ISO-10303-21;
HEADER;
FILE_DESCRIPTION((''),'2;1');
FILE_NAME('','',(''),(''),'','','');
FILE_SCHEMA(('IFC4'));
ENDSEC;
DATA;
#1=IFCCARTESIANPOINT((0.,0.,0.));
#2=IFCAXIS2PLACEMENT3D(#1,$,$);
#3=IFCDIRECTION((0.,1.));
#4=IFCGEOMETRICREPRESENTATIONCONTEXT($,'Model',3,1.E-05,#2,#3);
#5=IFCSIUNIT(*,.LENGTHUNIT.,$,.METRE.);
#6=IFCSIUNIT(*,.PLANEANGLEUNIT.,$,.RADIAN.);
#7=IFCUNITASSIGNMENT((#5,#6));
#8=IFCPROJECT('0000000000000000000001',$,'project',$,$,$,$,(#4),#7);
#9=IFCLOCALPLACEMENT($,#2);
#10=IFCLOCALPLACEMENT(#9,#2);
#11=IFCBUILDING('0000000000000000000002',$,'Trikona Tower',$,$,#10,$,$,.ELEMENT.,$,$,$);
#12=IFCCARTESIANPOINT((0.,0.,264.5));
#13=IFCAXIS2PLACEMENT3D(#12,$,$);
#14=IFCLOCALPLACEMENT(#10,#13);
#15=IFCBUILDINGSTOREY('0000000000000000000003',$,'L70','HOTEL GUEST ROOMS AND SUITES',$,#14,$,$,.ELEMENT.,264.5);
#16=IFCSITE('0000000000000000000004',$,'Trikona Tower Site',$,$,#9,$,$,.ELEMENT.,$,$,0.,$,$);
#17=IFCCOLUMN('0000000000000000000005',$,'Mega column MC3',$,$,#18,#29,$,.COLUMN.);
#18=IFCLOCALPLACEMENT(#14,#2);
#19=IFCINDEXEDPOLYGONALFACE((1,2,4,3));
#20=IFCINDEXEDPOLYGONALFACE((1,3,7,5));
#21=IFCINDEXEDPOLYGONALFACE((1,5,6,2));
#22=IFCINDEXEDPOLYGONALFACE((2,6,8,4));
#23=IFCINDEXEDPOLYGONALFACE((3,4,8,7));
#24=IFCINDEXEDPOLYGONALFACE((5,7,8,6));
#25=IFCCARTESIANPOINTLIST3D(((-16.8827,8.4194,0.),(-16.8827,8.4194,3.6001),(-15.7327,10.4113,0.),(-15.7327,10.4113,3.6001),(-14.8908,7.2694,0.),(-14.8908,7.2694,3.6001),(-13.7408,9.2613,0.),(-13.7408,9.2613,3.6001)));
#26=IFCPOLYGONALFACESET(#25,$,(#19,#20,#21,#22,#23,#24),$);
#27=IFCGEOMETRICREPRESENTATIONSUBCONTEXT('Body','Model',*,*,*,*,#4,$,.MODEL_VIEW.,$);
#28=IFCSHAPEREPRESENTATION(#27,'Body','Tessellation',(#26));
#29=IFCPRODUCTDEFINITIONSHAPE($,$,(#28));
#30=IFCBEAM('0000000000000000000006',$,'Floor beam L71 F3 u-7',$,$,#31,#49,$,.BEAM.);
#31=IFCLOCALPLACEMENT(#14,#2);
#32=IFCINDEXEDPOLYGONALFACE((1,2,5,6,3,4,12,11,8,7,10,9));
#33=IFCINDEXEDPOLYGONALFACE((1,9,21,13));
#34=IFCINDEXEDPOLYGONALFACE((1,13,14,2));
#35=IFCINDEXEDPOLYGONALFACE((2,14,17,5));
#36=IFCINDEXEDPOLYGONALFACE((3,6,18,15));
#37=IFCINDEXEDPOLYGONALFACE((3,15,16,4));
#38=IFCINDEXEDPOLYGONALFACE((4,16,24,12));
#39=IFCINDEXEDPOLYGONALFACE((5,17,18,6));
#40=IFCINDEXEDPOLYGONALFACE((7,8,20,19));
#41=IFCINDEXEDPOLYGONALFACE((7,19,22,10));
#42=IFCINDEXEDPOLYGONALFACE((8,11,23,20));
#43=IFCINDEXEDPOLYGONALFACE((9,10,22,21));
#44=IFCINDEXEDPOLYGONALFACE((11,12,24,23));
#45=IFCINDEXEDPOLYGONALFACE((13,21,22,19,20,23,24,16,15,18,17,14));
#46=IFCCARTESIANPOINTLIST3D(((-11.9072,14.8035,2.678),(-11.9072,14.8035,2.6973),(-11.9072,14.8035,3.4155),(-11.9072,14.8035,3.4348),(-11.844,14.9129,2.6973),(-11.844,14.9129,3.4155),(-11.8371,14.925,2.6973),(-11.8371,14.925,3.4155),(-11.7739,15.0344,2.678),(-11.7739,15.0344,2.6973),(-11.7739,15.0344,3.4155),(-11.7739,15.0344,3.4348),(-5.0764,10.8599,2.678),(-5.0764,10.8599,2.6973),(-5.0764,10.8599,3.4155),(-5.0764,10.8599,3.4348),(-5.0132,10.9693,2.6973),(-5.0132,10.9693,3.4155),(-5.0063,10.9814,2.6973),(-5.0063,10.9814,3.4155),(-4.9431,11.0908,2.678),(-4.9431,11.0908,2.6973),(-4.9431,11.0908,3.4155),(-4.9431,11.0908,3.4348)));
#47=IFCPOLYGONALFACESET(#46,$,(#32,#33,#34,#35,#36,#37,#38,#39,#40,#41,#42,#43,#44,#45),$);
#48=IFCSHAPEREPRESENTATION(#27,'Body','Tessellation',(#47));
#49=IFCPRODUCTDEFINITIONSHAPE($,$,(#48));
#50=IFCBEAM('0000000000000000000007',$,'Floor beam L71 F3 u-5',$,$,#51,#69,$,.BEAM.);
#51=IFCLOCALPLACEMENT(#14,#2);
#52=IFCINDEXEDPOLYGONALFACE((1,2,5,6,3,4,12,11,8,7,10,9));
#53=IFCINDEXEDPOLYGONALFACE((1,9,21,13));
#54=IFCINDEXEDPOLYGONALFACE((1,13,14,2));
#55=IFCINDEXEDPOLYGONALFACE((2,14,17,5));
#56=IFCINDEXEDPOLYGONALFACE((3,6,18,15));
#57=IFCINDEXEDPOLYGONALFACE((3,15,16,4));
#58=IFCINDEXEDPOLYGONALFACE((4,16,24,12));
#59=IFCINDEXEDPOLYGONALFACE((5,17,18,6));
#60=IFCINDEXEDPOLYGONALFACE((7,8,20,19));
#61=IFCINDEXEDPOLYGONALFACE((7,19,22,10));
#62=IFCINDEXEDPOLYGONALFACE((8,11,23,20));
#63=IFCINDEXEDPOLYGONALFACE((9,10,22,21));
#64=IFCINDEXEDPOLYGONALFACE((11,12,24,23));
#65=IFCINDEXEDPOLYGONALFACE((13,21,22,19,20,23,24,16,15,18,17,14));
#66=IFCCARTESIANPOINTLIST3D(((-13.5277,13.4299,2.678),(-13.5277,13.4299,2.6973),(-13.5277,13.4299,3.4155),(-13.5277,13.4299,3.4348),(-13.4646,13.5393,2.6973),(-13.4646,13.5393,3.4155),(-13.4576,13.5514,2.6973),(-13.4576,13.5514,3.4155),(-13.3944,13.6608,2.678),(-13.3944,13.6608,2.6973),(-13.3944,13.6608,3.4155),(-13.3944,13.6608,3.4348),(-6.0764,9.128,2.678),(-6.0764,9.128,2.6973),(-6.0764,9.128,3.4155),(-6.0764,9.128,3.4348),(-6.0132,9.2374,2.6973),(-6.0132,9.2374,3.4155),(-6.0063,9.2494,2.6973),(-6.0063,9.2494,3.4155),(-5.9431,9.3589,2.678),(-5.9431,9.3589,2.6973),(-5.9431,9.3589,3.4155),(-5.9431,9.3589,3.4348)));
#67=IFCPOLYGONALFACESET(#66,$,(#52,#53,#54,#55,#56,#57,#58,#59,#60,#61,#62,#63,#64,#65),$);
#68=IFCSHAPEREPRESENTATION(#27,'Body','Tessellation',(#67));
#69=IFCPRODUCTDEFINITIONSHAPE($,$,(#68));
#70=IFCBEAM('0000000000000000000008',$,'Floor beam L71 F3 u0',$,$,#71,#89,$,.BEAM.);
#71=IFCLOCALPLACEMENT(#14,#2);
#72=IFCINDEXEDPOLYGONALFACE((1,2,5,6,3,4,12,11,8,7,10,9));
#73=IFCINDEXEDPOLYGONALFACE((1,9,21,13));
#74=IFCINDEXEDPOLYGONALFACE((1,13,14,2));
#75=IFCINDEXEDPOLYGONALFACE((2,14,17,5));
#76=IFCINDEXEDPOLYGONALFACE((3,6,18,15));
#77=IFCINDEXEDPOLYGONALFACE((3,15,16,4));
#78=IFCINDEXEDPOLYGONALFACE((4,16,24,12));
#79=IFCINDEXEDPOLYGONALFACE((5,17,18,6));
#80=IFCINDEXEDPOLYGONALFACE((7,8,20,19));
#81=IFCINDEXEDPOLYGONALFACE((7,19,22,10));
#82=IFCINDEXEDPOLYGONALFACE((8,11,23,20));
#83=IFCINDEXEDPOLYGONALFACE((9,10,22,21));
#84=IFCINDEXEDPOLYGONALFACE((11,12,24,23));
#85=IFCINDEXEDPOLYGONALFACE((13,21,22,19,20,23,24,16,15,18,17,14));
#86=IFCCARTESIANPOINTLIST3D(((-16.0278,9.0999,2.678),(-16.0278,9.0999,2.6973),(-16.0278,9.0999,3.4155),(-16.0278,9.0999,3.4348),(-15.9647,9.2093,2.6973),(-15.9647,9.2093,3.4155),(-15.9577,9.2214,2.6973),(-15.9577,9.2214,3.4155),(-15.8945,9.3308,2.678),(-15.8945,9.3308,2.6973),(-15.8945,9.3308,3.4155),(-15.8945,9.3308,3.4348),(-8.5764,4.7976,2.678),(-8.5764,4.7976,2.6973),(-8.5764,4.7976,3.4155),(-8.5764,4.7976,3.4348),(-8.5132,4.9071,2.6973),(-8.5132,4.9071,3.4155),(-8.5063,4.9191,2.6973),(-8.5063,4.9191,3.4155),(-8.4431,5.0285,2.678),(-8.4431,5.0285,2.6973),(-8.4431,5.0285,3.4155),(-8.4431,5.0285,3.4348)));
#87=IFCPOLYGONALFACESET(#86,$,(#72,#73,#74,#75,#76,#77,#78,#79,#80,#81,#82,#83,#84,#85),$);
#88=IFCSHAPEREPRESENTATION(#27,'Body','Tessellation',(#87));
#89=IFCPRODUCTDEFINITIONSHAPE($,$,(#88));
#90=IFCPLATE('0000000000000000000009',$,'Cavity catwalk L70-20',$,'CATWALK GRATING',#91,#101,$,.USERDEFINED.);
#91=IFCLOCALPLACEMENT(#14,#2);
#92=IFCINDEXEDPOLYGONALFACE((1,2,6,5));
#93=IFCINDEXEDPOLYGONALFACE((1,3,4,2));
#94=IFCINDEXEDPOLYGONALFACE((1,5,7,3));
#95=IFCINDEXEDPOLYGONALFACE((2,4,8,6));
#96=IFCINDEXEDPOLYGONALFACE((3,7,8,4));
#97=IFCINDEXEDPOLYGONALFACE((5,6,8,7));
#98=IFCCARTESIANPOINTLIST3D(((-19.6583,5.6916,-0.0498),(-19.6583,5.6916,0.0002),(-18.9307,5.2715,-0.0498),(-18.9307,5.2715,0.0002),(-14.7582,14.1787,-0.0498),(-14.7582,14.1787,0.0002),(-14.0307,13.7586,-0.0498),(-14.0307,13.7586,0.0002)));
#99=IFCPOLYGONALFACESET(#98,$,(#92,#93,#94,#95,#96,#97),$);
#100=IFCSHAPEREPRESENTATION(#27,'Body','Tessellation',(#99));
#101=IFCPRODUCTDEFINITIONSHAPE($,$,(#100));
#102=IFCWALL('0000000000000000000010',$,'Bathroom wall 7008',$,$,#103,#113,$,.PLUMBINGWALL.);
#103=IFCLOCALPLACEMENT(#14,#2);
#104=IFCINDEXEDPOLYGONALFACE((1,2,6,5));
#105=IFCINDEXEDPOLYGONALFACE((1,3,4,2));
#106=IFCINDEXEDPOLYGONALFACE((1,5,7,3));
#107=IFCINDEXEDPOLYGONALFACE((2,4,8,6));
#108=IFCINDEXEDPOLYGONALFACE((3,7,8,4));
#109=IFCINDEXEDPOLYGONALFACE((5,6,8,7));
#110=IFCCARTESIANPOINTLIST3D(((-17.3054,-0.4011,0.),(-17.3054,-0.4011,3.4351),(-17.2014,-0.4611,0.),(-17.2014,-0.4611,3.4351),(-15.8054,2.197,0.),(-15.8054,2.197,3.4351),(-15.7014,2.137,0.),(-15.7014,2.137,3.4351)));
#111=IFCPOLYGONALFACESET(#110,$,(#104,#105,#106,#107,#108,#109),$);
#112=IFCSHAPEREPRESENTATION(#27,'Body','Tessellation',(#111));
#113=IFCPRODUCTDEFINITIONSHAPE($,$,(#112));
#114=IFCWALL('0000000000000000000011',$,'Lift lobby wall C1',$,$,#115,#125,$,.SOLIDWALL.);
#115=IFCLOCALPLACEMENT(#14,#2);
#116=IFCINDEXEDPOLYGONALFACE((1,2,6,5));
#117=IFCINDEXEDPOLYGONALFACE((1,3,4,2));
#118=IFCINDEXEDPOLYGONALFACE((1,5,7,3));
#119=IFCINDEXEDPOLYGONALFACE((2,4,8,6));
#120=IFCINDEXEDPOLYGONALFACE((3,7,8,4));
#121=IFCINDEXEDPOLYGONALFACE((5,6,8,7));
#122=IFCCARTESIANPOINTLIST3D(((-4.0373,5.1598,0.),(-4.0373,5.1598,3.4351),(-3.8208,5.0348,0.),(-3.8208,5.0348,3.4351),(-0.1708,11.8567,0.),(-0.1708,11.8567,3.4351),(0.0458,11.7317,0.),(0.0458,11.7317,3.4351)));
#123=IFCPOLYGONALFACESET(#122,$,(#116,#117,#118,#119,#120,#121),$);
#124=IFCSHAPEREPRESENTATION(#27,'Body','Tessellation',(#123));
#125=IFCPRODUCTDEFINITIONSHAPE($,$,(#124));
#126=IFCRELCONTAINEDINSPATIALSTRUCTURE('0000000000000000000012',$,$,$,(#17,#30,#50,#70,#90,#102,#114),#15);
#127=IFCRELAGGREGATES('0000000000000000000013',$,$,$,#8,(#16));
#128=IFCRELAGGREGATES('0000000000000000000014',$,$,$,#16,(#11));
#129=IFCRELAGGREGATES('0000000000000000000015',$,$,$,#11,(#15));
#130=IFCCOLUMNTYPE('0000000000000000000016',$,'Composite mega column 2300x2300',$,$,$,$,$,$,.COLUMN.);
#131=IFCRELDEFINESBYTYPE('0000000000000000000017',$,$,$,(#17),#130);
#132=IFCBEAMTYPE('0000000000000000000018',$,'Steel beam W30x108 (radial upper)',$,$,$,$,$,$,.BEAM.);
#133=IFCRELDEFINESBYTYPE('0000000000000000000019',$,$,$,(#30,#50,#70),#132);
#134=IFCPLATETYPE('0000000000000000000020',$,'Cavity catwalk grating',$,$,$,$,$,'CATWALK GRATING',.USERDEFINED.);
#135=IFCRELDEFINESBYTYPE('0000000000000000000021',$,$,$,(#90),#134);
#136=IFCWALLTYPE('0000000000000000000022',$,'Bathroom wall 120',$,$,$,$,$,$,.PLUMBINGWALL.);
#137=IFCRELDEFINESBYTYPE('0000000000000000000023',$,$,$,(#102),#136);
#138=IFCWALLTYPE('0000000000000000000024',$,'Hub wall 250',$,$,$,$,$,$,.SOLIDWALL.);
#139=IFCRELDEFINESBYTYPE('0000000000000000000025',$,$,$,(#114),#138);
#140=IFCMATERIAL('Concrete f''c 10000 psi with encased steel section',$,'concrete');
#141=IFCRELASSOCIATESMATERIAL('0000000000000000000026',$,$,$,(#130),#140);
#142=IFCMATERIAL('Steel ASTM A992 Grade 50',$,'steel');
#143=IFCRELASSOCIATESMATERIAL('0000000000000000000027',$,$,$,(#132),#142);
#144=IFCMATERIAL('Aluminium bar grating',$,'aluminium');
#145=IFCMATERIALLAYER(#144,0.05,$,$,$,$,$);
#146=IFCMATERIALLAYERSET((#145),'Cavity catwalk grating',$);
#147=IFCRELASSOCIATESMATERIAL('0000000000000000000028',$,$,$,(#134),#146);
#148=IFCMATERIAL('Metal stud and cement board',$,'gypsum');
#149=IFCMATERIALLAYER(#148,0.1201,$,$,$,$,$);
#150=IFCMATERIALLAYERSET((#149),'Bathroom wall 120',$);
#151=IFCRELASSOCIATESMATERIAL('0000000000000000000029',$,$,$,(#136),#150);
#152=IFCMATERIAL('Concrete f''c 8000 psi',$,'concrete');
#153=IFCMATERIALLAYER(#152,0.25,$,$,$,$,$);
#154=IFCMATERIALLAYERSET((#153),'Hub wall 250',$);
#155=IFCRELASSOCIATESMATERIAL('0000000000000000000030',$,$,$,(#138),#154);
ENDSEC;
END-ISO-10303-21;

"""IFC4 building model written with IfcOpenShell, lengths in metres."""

from ifc_helpers import new_model, si_unit, direction, frame, frame_2d, origin, origin_2d, place, context, subcontext, project, spatial, rectangle, i_section, extrude, material, layer, layer_set, material_profile, profile_set, type_object, element, save


model = new_model("IFC4")

# Units and contexts
model_context = context("Model", 3, precision=1e-05, world=origin(), true_north=direction((0.0, 1.0)))
body_context = subcontext(model_context, "Body", "Model", "MODEL_VIEW")
ifc_project = project(units=[si_unit("LENGTHUNIT", "METRE"), si_unit("PLANEANGLEUNIT", "RADIAN")], contexts=[model_context])

# Site, building, storey
site_placement = place(None, origin())
site = spatial("IfcSite", under=ifc_project, at=site_placement, Name="Trikona Tower Site", CompositionType="ELEMENT", RefElevation=0.0)
building_placement = place(site_placement, origin())
building = spatial("IfcBuilding", under=site, at=building_placement, Name="Trikona Tower", CompositionType="ELEMENT")
storey_placement = place(building_placement, frame((0.0, 0.0, 264.5)))
storey = spatial("IfcBuildingStorey", under=building, at=storey_placement, Name="L70", Description="HOTEL GUEST ROOMS AND SUITES", CompositionType="ELEMENT", Elevation=264.5)

# Column
ifc_material_1 = material(Name="Concrete f'c 10000 psi with encased steel section", Category="concrete")
ifc_material_profile_1 = material_profile(ifc_material_1, rectangle(XDim=2.3, YDim=2.3, at=origin_2d()), Name="MC2300")
ifc_profile_set_1 = profile_set([ifc_material_profile_1], Name="Concrete f'c 10000 psi with encased steel section")
column_type = type_object("IfcColumnType", Name="Composite mega column 2300x2300", PredefinedType="COLUMN", material=ifc_profile_set_1)
column_placement = place(storey_placement, frame((-15.3118, 8.8403, 0.0), z_axis=(0.0, 0.0, 1.0), x_axis=(-0.866025, 0.5, 0.0)))
element("IfcColumn", 1, at=column_placement, inside=storey, type_object=column_type, Name="Mega column MC3", PredefinedType="COLUMN", context=body_context, shape_type="SweptSolid", body=[
    extrude(rectangle(XDim=2.3, YDim=2.3, at=origin_2d()), origin(), (0.0, 0.0, 1.0), 3.6001),
])

# Beams
ifc_material_2 = material(Name="Steel ASTM A992 Grade 50", Category="steel")
ifc_material_profile_2 = material_profile(ifc_material_2, i_section(OverallWidth=0.2666, OverallDepth=0.7568, WebThickness=0.0139, FlangeThickness=0.0193, at=origin_2d()), Name="W30X108")
ifc_profile_set_2 = profile_set([ifc_material_profile_2], Name="Steel ASTM A992 Grade 50")
beam_type = type_object("IfcBeamType", Name="Steel beam W30x108 (radial upper)", PredefinedType="BEAM", material=ifc_profile_set_2)
beam_1_placement = place(storey_placement, frame((-5.0098, 10.9753, 3.0564), z_axis=(-0.866035, 0.499984, 0.0), x_axis=(-0.499984, -0.866035, 0.0)))
element("IfcBeam", 2, at=beam_1_placement, inside=storey, type_object=beam_type, Name="Floor beam L71 F3 u-7", PredefinedType="BEAM", context=body_context, shape_type="SweptSolid", body=[
    extrude(i_section(OverallWidth=0.2666, OverallDepth=0.7568, WebThickness=0.0139, FlangeThickness=0.0193, at=origin_2d()), origin(), (0.0, 0.0, 1.0), 7.8875),
])
beam_2_placement = place(storey_placement, frame((-6.0098, 9.2434, 3.0564), z_axis=(-0.866029, 0.499993, 0.0), x_axis=(-0.499993, -0.866029, 0.0)))
element("IfcBeam", 3, at=beam_2_placement, inside=storey, type_object=beam_type, Name="Floor beam L71 F3 u-5", PredefinedType="BEAM", context=body_context, shape_type="SweptSolid", body=[
    extrude(i_section(OverallWidth=0.2666, OverallDepth=0.7568, WebThickness=0.0139, FlangeThickness=0.0193, at=origin_2d()), origin(), (0.0, 0.0, 1.0), 8.604),
])
beam_3_placement = place(storey_placement, frame((-8.5098, 4.9131, 3.0564), z_axis=(-0.866017, 0.500015, 0.0), x_axis=(-0.500015, -0.866017, 0.0)))
element("IfcBeam", 4, at=beam_3_placement, inside=storey, type_object=beam_type, Name="Floor beam L71 F3 u0", PredefinedType="BEAM", context=body_context, shape_type="SweptSolid", body=[
    extrude(i_section(OverallWidth=0.2666, OverallDepth=0.7568, WebThickness=0.0139, FlangeThickness=0.0193, at=origin_2d()), origin(), (0.0, 0.0, 1.0), 8.6042),
])

# Plate
ifc_material_3 = material(Name="Aluminium bar grating", Category="aluminium")
ifc_layer_1 = layer(ifc_material_3, 0.05)
ifc_layer_set_1 = layer_set([ifc_layer_1], Name="Cavity catwalk grating")
plate_type = type_object("IfcPlateType", Name="Cavity catwalk grating", ElementType="CATWALK GRATING", PredefinedType="USERDEFINED", material=ifc_layer_set_1)
plate_placement = place(storey_placement, frame((-16.8445, 9.7251, -0.0498), z_axis=(0.0, 0.0, 1.0), x_axis=(-0.499998, -0.866026, 0.0)))
element("IfcPlate", 5, at=plate_placement, inside=storey, type_object=plate_type, Name="Cavity catwalk L70-20", ObjectType="CATWALK GRATING", PredefinedType="USERDEFINED", context=body_context, shape_type="SweptSolid", body=[
    extrude(rectangle(XDim=9.8, YDim=0.8401, at=origin_2d()), origin(), (0.0, 0.0, 1.0), 0.05),
])

# Walls
ifc_material_4 = material(Name="Metal stud and cement board", Category="gypsum")
ifc_layer_2 = layer(ifc_material_4, 0.1201)
ifc_layer_set_2 = layer_set([ifc_layer_2], Name="Bathroom wall 120")
wall_type_1 = type_object("IfcWallType", Name="Bathroom wall 120", PredefinedType="PLUMBINGWALL", material=ifc_layer_set_2)
wall_1_placement = place(storey_placement, frame((-15.7534, 2.167, 0.0), z_axis=(0.0, 0.0, 1.0), x_axis=(-0.49999, -0.866031, 0.0)))
element("IfcWall", 6, at=wall_1_placement, inside=storey, type_object=wall_type_1, Name="Bathroom wall 7008", PredefinedType="PLUMBINGWALL", context=body_context, shape_type="SweptSolid", body=[
    extrude(rectangle(XDim=3.0, YDim=0.1201, at=frame_2d((1.5, 0.0))), origin(), (0.0, 0.0, 1.0), 3.4351),
])
ifc_material_5 = material(Name="Concrete f'c 8000 psi", Category="concrete")
ifc_layer_3 = layer(ifc_material_5, 0.25)
ifc_layer_set_3 = layer_set([ifc_layer_3], Name="Hub wall 250")
wall_type_2 = type_object("IfcWallType", Name="Hub wall 250", PredefinedType="SOLIDWALL", material=ifc_layer_set_3)
wall_2_placement = place(storey_placement, frame((-0.0625, 11.7942, 0.0), z_axis=(0.0, 0.0, 1.0), x_axis=(-0.500007, -0.866022, 0.0)))
element("IfcWall", 7, at=wall_2_placement, inside=storey, type_object=wall_type_2, Name="Lift lobby wall C1", PredefinedType="SOLIDWALL", context=body_context, shape_type="SweptSolid", body=[
    extrude(rectangle(XDim=7.7329, YDim=0.25, at=frame_2d((3.8665, 0.0))), origin(), (0.0, 0.0, 1.0), 3.4351),
])

save(model, "model.ifc")
